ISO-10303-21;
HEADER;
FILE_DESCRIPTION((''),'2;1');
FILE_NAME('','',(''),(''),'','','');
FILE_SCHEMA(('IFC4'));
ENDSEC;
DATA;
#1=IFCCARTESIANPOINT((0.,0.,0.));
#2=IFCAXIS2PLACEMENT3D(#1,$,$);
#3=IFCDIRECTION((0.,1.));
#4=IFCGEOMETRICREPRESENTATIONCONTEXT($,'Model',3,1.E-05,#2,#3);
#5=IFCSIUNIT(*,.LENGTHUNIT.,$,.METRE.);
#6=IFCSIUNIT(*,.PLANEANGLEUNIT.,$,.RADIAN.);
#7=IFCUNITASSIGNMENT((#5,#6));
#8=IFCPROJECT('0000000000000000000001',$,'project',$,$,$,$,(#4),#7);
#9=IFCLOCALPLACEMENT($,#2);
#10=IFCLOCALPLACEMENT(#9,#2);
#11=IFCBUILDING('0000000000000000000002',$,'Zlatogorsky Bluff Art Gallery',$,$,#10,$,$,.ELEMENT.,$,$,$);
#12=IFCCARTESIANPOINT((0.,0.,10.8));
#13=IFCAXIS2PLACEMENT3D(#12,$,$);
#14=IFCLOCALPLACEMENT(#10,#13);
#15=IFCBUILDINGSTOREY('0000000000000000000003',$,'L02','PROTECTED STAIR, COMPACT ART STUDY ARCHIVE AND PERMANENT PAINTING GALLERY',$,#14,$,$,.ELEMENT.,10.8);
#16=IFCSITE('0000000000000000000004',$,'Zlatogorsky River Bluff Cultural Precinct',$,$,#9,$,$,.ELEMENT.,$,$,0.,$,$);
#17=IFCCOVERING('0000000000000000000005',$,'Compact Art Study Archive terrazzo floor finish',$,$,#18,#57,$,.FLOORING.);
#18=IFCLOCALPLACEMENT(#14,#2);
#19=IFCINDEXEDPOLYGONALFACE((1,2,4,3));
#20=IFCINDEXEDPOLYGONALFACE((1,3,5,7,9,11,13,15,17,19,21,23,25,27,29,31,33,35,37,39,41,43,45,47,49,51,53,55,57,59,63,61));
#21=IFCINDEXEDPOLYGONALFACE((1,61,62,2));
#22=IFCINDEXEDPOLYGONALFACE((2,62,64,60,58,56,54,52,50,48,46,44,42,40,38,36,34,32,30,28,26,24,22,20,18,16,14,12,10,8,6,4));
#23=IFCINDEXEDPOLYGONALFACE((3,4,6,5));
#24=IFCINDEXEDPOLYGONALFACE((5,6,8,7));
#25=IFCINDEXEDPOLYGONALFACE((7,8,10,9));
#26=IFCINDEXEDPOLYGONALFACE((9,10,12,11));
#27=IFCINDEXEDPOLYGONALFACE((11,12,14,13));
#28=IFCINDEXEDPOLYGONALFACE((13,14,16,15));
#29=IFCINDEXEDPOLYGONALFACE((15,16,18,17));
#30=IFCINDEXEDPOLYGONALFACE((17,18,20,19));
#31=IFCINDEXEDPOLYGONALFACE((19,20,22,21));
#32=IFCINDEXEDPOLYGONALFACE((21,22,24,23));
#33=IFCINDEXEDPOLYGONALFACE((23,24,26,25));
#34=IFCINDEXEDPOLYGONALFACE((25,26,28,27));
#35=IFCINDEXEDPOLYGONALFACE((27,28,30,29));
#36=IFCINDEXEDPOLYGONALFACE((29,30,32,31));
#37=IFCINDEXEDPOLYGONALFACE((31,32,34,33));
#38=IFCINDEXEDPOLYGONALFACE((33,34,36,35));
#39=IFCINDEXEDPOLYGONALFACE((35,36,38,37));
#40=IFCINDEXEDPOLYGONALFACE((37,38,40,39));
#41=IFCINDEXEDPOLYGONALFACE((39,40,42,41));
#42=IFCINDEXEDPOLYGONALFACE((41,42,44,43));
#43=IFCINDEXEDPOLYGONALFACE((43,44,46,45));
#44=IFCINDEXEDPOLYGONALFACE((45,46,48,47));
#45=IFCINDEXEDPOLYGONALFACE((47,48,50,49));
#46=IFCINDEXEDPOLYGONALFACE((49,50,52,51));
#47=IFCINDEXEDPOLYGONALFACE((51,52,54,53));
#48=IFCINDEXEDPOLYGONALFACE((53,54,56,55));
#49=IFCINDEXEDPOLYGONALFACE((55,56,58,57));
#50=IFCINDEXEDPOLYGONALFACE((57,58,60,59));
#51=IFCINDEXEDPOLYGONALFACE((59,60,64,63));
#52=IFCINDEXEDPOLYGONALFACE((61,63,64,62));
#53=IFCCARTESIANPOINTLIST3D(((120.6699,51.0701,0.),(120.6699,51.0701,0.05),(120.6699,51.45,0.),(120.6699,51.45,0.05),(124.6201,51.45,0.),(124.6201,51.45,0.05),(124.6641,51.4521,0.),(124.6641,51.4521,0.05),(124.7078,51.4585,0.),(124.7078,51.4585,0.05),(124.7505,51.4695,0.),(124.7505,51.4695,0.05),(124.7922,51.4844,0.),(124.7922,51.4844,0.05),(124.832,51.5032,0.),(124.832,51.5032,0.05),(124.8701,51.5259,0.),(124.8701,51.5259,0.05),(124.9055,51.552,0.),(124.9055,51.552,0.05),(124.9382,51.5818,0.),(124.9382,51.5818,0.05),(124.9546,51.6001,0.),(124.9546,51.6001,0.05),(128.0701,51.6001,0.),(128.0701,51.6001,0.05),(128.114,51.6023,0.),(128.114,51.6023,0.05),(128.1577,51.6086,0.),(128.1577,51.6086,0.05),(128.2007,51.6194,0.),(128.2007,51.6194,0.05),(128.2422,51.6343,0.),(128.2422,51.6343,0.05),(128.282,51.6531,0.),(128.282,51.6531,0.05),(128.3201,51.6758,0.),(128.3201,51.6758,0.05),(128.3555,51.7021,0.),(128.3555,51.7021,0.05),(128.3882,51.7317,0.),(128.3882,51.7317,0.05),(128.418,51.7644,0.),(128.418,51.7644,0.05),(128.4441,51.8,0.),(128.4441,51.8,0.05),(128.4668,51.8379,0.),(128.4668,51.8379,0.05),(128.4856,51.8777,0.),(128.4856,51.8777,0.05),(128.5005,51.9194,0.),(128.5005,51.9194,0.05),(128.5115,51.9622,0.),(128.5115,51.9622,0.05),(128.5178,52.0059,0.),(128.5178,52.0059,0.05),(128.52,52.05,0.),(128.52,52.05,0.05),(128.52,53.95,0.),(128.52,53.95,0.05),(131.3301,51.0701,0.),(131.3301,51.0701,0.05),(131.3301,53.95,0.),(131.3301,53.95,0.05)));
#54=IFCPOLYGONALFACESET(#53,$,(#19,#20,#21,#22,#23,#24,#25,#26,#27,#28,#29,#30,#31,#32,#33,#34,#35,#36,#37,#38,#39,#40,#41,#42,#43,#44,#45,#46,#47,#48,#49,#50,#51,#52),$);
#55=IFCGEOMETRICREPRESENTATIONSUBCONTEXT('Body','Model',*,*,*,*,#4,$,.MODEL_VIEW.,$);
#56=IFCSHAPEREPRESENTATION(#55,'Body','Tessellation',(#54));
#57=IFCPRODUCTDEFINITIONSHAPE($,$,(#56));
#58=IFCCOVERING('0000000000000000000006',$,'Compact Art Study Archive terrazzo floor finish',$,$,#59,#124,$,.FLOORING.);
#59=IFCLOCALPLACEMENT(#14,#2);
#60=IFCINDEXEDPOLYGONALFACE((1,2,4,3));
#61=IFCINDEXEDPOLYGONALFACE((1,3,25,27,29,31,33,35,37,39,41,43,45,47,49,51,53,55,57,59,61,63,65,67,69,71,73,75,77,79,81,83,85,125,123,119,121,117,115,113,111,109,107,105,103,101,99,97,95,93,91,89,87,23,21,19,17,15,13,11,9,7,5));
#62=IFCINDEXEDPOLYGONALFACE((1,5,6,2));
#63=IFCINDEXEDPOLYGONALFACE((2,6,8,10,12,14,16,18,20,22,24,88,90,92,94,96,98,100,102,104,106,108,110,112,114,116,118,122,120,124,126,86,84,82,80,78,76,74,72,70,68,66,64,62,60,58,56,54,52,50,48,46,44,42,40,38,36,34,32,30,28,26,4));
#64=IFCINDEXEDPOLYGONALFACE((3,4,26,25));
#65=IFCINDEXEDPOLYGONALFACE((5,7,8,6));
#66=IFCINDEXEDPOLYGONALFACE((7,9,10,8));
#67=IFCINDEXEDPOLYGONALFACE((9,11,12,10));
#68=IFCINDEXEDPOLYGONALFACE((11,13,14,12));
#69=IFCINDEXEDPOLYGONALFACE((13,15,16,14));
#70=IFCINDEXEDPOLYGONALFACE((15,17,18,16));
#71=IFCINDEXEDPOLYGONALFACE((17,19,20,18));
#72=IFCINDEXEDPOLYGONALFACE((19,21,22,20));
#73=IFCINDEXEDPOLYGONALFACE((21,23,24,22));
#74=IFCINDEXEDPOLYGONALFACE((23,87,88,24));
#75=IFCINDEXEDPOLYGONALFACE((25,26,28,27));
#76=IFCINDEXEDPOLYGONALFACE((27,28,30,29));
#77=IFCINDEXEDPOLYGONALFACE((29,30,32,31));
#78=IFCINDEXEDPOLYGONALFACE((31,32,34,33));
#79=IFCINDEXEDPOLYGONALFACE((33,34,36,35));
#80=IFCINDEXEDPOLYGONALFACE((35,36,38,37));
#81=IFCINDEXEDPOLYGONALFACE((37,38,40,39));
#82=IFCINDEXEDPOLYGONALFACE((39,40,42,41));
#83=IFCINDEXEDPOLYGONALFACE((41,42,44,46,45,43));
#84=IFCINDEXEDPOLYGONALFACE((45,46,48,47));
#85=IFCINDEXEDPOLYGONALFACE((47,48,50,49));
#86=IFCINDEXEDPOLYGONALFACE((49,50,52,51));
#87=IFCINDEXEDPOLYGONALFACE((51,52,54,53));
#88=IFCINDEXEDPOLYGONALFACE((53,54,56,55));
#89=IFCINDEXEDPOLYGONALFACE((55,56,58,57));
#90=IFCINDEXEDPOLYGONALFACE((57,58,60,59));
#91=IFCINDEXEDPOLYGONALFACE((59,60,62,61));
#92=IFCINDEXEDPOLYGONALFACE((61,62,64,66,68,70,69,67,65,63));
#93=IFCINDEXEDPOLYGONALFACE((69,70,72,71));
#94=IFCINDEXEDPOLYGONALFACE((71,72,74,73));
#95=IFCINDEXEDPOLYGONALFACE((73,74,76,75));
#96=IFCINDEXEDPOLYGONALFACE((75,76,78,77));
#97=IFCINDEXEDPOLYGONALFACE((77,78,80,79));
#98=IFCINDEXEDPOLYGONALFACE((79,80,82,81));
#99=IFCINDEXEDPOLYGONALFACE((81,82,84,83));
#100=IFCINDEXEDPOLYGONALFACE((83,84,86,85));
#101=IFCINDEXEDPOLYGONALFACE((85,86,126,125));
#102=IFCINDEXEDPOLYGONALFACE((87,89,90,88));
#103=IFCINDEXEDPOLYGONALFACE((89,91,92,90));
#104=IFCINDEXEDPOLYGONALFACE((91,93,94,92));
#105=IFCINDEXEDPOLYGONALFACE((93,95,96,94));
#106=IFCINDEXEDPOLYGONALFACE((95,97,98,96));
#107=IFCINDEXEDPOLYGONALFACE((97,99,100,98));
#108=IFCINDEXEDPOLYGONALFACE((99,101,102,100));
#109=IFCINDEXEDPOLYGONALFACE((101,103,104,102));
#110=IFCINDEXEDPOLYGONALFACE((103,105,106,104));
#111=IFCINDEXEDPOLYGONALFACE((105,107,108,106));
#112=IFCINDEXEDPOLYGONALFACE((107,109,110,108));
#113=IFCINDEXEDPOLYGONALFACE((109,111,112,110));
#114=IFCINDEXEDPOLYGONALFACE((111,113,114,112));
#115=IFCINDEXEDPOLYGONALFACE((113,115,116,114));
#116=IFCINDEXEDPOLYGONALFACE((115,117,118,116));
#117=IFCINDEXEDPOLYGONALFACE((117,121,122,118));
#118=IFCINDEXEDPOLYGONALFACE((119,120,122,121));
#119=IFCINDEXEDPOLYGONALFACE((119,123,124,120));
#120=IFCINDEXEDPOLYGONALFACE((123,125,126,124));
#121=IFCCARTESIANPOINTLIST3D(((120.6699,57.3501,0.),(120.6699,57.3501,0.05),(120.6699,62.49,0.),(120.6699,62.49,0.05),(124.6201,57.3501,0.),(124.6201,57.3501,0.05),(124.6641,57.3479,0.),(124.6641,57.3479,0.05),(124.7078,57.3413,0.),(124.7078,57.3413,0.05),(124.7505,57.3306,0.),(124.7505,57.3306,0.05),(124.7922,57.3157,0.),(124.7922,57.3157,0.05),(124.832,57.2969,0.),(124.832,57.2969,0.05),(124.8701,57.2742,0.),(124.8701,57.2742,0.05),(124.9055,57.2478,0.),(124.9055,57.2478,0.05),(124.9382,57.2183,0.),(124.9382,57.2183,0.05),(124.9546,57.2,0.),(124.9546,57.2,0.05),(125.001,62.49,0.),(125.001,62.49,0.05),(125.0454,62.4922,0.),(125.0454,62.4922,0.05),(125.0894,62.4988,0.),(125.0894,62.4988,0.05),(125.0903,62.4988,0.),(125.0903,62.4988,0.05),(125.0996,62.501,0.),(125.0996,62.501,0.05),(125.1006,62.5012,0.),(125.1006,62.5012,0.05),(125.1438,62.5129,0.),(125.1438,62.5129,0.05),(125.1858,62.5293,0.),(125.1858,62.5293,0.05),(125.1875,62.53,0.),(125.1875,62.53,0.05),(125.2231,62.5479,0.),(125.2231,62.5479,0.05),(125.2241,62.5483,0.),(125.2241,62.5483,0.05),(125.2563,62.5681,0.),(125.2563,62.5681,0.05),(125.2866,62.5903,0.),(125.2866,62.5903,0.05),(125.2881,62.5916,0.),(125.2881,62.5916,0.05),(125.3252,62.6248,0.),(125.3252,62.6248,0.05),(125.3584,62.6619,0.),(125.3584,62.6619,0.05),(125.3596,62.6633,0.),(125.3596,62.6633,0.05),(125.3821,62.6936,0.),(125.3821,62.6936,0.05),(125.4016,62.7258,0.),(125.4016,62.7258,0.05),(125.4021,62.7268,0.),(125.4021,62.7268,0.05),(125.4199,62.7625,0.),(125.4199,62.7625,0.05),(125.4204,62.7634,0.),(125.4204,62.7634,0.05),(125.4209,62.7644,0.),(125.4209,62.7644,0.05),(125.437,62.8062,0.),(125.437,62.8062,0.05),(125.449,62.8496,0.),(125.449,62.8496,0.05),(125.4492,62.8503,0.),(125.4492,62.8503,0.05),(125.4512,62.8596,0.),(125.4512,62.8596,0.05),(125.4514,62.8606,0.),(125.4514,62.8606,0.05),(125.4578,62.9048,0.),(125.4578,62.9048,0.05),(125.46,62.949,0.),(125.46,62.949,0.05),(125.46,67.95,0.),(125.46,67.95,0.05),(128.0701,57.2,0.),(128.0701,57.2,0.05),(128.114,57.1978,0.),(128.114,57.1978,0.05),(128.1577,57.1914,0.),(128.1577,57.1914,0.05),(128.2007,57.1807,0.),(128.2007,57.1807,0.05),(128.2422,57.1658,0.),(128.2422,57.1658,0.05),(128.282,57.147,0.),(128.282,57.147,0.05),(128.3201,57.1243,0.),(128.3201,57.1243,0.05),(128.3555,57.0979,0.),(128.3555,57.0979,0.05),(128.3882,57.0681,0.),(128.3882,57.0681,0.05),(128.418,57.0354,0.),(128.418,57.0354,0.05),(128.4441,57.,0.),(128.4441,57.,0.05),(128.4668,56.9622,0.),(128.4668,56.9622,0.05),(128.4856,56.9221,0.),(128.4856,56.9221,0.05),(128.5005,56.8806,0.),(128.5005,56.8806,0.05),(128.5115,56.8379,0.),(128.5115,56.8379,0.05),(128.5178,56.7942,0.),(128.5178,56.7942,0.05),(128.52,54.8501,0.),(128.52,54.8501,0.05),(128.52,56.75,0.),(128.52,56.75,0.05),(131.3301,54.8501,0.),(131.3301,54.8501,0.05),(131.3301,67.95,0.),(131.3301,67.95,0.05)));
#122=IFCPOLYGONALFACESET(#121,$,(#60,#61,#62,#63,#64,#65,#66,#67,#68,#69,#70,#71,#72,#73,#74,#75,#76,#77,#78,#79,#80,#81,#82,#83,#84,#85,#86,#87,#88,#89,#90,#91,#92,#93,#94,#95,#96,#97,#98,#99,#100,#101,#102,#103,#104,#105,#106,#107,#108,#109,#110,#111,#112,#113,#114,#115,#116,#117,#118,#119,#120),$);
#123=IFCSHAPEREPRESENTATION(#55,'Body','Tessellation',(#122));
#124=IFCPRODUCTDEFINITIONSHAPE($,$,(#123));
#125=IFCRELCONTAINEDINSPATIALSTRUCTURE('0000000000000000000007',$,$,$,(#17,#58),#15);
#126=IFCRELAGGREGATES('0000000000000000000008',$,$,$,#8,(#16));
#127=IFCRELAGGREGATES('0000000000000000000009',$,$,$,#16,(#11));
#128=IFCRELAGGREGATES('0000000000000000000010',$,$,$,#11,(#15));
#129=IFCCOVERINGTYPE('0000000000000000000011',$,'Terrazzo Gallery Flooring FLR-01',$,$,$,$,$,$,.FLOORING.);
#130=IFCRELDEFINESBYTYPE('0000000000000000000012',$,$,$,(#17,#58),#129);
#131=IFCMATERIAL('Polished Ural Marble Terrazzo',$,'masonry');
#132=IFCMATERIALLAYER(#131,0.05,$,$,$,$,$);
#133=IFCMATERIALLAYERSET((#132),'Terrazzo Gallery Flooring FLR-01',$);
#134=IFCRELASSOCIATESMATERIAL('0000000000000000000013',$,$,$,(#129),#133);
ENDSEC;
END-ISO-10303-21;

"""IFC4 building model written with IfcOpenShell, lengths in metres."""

from ifc_helpers import new_model, si_unit, direction, frame, origin, place, context, subcontext, project, spatial, polyline, outline, extrude, material, layer, layer_set, type_object, element, save


model = new_model("IFC4")

# Units and contexts
model_context = context("Model", 3, precision=1e-05, world=origin(), true_north=direction((0.0, 1.0)))
body_context = subcontext(model_context, "Body", "Model", "MODEL_VIEW")
ifc_project = project(units=[si_unit("LENGTHUNIT", "METRE"), si_unit("PLANEANGLEUNIT", "RADIAN")], contexts=[model_context])

# Site, building, storey
site_placement = place(None, origin())
site = spatial("IfcSite", under=ifc_project, at=site_placement, Name="Zlatogorsky River Bluff Cultural Precinct", CompositionType="ELEMENT", RefElevation=0.0)
building_placement = place(site_placement, origin())
building = spatial("IfcBuilding", under=site, at=building_placement, Name="Zlatogorsky Bluff Art Gallery", CompositionType="ELEMENT")
storey_placement = place(building_placement, frame((0.0, 0.0, 10.8)))
storey = spatial("IfcBuildingStorey", under=building, at=storey_placement, Name="L02", Description="PROTECTED STAIR, COMPACT ART STUDY ARCHIVE AND PERMANENT PAINTING GALLERY", CompositionType="ELEMENT", Elevation=10.8)

# Coverings
ifc_material_1 = material(Name="Polished Ural Marble Terrazzo", Category="masonry")
ifc_layer_1 = layer(ifc_material_1, 0.05)
ifc_layer_set_1 = layer_set([ifc_layer_1], Name="Terrazzo Gallery Flooring FLR-01")
covering_type_1 = type_object("IfcCoveringType", Name="Terrazzo Gallery Flooring FLR-01", PredefinedType="FLOORING", material=ifc_layer_set_1)
covering_1_placement = place(storey_placement, origin())
element("IfcCovering", 1, at=covering_1_placement, inside=storey, type_object=covering_type_1, Name="Compact Art Study Archive terrazzo floor finish", PredefinedType="FLOORING", context=body_context, shape_type="SweptSolid", body=[
    extrude(outline(polyline([(124.6201, 51.45), (124.6641, 51.4521), (124.7078, 51.4585), (124.7505, 51.4695), (124.7922, 51.4844), (124.832, 51.5032), (124.8701, 51.5259), (124.9055, 51.552), (124.9382, 51.5818), (124.9546, 51.6001), (128.0701, 51.6001), (128.114, 51.6023), (128.1577, 51.6086), (128.2007, 51.6194), (128.2422, 51.6343), (128.282, 51.6531), (128.3201, 51.6758), (128.3555, 51.7021), (128.3882, 51.7317), (128.418, 51.7644), (128.4441, 51.8), (128.4668, 51.8379), (128.4856, 51.8777), (128.5005, 51.9194), (128.5115, 51.9622), (128.5178, 52.0059), (128.52, 52.05), (128.52, 53.95), (131.3301, 53.95), (131.3301, 51.0701), (120.6699, 51.0701), (120.6699, 51.45), (124.6201, 51.45)])), origin(), (0.0, 0.0, 1.0), 0.05),
])
covering_2_placement = place(storey_placement, origin())
element("IfcCovering", 2, at=covering_2_placement, inside=storey, type_object=covering_type_1, Name="Compact Art Study Archive terrazzo floor finish", PredefinedType="FLOORING", context=body_context, shape_type="SweptSolid", body=[
    extrude(outline(polyline([(120.6699, 62.49), (125.001, 62.49), (125.0454, 62.4922), (125.0894, 62.4988), (125.0903, 62.4988), (125.0996, 62.501), (125.1006, 62.5012), (125.1438, 62.5129), (125.1858, 62.5293), (125.1875, 62.53), (125.2231, 62.5479), (125.2241, 62.5483), (125.2563, 62.5681), (125.2866, 62.5903), (125.2881, 62.5916), (125.3252, 62.6248), (125.3584, 62.6619), (125.3596, 62.6633), (125.3821, 62.6936), (125.4016, 62.7258), (125.4021, 62.7268), (125.4199, 62.7625), (125.4204, 62.7634), (125.4209, 62.7644), (125.437, 62.8062), (125.449, 62.8496), (125.4492, 62.8503), (125.4512, 62.8596), (125.4514, 62.8606), (125.4578, 62.9048), (125.46, 62.949), (125.46, 67.95), (131.3301, 67.95), (131.3301, 54.8501), (128.52, 54.8501), (128.52, 56.75), (128.5178, 56.7942), (128.5115, 56.8379), (128.5005, 56.8806), (128.4856, 56.9221), (128.4668, 56.9622), (128.4441, 57.0), (128.418, 57.0354), (128.3882, 57.0681), (128.3555, 57.0979), (128.3201, 57.1243), (128.282, 57.147), (128.2422, 57.1658), (128.2007, 57.1807), (128.1577, 57.1914), (128.114, 57.1978), (128.0701, 57.2), (124.9546, 57.2), (124.9382, 57.2183), (124.9055, 57.2478), (124.8701, 57.2742), (124.832, 57.2969), (124.7922, 57.3157), (124.7505, 57.3306), (124.7078, 57.3413), (124.6641, 57.3479), (124.6201, 57.3501), (120.6699, 57.3501), (120.6699, 62.49)])), origin(), (0.0, 0.0, 1.0), 0.05),
])

save(model, "model.ifc")
